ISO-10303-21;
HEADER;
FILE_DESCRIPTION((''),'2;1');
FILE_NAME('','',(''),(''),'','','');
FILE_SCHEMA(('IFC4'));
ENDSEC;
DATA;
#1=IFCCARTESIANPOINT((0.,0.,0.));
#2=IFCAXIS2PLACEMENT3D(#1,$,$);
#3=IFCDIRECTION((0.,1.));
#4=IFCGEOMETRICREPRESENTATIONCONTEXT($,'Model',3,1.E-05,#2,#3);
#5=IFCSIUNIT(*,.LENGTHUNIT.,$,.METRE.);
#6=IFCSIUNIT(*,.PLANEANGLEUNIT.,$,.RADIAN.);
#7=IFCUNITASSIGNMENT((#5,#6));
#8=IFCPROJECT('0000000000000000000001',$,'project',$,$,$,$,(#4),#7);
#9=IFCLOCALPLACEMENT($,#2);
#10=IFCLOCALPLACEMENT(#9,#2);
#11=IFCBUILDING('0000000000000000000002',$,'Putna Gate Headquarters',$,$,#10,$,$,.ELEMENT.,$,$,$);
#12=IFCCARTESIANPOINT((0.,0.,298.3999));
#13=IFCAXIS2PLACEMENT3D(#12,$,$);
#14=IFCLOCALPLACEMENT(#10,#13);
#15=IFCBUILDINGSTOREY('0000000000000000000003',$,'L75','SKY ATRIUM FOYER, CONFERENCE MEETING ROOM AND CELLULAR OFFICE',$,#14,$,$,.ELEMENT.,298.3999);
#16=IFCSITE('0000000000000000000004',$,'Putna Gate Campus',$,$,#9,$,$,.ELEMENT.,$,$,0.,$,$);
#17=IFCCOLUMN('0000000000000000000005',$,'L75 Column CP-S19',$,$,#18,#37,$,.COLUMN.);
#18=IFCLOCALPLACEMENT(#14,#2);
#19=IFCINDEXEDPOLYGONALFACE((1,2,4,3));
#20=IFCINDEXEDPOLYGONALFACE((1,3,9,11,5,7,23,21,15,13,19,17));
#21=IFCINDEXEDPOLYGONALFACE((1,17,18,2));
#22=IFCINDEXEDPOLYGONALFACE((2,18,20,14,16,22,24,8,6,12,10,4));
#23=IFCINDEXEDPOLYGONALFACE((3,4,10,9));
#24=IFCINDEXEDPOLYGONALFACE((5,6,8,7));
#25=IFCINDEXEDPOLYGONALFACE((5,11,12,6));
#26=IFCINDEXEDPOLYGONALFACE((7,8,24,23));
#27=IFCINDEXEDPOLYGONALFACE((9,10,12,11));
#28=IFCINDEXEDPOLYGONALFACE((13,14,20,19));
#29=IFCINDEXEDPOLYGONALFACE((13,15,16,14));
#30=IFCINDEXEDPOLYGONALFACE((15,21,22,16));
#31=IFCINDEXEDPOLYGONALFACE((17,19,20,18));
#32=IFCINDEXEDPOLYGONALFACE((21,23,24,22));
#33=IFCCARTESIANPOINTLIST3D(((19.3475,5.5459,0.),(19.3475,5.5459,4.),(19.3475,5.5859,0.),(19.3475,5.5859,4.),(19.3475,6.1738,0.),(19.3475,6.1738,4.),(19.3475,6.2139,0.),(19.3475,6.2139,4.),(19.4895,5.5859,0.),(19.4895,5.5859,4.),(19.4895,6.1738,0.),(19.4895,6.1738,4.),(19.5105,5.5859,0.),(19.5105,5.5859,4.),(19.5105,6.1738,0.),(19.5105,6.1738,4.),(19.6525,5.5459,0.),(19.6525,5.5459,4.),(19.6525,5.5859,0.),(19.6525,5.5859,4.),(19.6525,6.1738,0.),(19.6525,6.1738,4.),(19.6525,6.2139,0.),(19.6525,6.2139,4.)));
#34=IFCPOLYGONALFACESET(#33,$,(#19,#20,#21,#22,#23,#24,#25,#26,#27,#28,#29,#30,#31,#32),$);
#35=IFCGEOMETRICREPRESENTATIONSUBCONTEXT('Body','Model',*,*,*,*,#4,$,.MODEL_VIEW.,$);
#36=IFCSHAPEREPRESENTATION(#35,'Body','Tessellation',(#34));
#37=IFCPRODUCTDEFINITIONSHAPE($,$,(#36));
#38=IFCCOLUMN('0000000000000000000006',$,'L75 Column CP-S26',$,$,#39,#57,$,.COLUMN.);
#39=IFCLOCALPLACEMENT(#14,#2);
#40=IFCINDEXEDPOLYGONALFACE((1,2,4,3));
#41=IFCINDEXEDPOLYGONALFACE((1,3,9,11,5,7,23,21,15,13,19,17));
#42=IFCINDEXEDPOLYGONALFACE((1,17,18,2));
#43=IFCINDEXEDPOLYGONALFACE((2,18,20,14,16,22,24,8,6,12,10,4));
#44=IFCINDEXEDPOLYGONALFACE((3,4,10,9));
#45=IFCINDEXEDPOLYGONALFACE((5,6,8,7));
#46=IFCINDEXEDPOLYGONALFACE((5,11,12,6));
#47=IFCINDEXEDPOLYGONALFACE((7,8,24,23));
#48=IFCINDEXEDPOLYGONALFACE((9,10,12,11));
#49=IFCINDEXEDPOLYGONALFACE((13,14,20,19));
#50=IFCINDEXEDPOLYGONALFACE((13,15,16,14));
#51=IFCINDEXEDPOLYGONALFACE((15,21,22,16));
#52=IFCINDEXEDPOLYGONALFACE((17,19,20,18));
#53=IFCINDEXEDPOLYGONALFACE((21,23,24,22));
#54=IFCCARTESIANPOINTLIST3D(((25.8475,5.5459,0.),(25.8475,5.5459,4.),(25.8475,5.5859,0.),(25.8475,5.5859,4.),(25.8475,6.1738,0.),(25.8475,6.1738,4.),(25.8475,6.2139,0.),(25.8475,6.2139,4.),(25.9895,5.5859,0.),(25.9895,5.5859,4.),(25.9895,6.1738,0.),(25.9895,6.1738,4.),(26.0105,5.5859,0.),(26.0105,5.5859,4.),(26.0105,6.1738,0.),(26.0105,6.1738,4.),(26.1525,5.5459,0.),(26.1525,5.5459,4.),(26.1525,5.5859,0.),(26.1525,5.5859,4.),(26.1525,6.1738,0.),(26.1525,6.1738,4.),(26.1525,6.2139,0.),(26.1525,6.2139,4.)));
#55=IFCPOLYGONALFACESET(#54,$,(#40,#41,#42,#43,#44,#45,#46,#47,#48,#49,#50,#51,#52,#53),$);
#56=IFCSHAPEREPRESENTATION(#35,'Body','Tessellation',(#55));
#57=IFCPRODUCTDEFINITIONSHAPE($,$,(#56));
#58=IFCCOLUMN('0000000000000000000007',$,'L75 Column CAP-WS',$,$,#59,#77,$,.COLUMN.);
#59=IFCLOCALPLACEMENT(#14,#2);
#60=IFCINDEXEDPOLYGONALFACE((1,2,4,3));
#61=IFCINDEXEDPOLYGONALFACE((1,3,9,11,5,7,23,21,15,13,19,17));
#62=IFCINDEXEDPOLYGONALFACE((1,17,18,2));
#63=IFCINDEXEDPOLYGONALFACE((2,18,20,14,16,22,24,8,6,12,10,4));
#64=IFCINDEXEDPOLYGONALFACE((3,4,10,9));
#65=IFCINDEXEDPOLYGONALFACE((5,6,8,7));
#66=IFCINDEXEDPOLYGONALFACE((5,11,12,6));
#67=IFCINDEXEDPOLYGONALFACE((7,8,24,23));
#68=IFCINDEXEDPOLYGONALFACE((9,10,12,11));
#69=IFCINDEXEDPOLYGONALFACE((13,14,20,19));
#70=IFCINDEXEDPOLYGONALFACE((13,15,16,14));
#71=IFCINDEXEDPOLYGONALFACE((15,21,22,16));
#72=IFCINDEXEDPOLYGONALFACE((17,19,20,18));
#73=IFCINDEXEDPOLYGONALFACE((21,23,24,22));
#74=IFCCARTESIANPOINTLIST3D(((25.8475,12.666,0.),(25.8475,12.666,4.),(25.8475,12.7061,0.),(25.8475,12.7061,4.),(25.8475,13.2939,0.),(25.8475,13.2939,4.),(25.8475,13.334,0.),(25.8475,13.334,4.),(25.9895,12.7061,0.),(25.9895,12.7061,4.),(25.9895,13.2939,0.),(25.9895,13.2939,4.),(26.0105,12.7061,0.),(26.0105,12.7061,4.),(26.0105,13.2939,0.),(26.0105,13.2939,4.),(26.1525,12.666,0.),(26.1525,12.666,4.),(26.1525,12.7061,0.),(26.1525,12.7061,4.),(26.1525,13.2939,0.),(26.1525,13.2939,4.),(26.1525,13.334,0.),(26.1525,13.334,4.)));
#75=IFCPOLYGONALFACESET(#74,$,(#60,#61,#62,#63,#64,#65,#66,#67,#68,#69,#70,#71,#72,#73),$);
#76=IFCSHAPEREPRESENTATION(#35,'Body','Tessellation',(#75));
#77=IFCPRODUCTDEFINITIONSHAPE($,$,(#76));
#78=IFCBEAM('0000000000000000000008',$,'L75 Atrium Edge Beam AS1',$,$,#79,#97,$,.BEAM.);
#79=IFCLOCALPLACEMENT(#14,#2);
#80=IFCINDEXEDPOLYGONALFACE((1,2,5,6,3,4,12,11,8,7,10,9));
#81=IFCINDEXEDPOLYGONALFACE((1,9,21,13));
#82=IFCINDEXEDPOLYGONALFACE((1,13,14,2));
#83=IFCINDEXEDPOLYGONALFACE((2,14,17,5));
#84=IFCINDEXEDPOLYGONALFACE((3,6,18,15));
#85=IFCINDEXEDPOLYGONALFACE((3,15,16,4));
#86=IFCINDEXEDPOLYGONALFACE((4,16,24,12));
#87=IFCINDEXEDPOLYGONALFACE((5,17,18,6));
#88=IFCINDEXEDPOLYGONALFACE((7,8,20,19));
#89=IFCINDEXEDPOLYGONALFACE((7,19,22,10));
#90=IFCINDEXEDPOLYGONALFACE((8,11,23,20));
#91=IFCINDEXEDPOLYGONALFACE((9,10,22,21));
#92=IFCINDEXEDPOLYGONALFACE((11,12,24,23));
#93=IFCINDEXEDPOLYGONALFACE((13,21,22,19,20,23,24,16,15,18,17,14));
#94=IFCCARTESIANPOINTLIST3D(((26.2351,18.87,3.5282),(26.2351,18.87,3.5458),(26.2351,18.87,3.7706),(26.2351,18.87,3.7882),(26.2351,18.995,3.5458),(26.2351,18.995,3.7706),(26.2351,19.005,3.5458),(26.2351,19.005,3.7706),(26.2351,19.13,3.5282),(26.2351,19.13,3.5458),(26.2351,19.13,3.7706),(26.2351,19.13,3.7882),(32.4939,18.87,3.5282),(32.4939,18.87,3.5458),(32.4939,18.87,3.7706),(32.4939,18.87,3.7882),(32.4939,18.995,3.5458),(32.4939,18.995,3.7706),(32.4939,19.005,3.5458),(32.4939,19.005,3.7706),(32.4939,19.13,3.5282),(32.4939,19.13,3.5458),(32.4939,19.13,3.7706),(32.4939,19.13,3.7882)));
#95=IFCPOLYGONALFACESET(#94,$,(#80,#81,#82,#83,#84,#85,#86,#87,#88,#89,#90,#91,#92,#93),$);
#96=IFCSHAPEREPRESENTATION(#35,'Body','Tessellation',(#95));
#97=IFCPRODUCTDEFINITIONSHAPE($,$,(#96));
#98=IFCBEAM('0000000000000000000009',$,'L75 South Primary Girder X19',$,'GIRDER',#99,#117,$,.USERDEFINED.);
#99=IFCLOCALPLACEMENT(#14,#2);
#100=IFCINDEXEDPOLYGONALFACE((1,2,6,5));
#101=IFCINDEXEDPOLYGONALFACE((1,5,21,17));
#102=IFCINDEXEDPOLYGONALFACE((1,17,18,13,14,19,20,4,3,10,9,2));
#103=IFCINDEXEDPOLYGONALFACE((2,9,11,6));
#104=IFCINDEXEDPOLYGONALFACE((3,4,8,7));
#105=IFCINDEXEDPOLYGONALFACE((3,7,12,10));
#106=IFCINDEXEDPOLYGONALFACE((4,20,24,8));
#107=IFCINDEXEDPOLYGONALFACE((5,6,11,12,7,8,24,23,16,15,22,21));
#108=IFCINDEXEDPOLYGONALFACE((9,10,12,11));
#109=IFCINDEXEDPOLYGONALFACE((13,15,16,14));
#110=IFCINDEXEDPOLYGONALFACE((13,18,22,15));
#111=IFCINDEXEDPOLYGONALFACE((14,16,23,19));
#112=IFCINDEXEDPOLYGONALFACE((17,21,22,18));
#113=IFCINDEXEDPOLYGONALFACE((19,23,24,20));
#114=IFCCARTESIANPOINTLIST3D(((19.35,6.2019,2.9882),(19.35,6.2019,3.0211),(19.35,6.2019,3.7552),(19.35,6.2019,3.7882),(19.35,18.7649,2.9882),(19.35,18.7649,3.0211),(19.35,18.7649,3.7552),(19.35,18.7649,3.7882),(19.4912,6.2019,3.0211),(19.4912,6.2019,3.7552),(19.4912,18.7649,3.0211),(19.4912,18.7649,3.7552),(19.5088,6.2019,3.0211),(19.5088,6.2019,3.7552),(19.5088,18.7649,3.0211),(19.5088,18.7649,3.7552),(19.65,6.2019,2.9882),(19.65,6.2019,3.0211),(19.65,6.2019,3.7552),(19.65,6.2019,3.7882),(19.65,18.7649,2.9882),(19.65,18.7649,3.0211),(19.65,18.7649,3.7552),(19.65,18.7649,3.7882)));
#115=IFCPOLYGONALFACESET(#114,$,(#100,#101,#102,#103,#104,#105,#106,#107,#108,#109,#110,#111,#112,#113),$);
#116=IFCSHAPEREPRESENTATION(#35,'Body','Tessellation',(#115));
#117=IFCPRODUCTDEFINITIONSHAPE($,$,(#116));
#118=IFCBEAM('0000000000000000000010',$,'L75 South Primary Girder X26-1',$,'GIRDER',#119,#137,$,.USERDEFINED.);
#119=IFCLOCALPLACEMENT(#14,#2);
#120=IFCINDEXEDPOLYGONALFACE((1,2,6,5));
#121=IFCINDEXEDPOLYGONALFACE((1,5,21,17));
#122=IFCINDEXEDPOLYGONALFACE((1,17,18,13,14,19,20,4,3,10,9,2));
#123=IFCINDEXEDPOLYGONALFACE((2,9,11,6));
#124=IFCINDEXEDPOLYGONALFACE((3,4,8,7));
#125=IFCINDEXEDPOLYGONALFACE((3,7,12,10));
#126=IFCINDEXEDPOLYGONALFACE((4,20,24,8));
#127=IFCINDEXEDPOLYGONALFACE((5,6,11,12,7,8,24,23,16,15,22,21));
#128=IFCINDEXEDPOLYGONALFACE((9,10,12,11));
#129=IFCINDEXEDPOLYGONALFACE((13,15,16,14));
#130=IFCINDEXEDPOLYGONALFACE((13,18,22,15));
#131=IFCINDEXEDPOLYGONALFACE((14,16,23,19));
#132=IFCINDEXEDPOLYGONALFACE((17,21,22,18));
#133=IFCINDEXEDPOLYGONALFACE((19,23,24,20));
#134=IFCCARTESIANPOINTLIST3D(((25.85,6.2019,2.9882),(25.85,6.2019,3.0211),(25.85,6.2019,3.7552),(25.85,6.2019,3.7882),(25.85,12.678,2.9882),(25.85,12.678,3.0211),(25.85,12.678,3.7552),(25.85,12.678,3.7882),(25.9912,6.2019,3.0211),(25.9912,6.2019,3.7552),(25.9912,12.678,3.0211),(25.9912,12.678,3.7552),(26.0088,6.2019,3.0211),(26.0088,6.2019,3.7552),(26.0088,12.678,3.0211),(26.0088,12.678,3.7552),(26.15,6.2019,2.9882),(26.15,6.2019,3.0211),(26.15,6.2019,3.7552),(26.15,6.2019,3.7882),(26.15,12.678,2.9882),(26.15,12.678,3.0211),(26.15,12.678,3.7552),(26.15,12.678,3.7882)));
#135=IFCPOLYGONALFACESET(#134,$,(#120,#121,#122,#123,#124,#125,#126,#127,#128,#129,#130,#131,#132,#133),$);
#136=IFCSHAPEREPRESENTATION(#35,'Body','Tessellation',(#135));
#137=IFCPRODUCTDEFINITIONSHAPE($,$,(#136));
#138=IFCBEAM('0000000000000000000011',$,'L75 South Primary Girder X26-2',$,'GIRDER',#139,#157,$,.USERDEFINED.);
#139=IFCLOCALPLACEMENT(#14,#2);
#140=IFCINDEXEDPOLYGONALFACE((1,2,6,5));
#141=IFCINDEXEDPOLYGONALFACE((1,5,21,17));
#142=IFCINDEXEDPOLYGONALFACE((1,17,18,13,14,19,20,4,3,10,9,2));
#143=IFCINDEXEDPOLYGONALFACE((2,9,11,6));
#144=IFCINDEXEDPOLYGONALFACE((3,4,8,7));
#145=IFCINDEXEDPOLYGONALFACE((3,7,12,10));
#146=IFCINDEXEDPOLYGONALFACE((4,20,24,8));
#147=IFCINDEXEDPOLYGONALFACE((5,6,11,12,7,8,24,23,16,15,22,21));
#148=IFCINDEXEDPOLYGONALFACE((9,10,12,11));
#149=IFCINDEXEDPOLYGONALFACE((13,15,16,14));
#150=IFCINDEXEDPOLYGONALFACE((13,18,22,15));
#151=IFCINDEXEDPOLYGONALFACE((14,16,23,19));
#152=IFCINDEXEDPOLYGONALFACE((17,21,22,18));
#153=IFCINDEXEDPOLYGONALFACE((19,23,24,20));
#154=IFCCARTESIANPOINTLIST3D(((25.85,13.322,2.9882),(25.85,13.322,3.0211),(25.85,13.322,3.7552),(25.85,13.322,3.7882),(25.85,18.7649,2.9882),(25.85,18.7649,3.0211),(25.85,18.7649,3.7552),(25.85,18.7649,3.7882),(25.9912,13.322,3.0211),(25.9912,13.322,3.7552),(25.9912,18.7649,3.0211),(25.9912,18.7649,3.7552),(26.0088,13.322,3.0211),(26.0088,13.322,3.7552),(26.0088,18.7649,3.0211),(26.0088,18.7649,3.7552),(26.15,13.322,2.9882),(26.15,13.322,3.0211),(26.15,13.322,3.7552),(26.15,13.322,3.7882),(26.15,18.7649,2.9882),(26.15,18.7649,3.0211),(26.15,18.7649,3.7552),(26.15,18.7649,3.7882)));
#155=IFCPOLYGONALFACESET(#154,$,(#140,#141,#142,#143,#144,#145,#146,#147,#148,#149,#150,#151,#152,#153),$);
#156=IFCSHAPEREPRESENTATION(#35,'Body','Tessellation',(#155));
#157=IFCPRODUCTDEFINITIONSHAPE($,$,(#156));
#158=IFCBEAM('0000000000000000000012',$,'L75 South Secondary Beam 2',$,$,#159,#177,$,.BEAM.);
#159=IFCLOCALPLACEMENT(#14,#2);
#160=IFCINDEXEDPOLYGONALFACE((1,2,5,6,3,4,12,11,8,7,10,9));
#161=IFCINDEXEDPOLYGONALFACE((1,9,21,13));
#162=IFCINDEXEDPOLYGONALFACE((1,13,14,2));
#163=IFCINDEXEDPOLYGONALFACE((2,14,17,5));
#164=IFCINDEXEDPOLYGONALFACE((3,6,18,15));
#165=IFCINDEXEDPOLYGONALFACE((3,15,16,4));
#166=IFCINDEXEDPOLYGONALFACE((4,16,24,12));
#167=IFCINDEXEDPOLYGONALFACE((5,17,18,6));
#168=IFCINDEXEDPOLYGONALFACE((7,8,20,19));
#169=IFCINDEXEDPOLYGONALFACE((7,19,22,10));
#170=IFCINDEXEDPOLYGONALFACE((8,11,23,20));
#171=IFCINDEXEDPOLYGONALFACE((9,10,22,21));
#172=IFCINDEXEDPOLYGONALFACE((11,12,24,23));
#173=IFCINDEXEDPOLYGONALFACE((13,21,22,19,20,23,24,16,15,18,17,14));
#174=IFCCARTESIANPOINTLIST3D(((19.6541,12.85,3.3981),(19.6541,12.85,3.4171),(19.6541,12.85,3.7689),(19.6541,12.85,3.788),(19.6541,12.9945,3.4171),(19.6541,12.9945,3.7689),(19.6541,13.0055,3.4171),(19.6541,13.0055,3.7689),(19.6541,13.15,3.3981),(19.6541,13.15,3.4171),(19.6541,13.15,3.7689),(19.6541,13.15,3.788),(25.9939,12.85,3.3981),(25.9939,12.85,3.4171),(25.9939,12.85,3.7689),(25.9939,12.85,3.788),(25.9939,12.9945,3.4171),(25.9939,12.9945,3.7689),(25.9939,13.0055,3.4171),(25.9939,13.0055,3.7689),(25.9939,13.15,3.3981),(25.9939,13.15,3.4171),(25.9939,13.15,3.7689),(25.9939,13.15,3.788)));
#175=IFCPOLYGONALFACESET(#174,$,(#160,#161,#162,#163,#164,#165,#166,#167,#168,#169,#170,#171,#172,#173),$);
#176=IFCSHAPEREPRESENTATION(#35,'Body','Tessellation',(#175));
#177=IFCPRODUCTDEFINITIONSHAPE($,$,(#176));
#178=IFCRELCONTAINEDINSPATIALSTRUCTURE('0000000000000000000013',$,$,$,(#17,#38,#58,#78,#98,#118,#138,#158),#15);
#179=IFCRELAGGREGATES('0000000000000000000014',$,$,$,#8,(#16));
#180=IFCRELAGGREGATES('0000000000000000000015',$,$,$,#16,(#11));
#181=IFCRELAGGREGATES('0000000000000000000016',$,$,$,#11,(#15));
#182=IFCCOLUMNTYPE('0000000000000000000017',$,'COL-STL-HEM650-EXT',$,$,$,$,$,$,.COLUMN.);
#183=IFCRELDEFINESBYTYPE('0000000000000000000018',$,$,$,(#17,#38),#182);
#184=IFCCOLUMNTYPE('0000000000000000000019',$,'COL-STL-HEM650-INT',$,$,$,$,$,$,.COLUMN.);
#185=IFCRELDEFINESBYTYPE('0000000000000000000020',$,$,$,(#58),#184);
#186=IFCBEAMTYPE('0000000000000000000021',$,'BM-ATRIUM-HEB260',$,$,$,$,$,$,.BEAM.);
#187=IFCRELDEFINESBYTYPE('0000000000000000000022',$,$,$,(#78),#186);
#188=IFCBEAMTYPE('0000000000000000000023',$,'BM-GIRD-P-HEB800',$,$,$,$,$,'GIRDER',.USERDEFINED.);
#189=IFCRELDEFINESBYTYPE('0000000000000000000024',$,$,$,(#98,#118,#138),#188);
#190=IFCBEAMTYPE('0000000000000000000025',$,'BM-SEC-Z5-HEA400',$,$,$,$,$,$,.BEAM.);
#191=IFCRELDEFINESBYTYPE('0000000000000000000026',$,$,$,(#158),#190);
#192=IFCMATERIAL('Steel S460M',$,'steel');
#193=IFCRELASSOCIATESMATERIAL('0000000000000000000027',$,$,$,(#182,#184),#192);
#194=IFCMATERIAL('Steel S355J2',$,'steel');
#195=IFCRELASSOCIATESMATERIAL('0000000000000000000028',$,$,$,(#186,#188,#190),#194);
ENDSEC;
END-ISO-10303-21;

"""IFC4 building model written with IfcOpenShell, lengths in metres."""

from ifc_helpers import new_model, si_unit, direction, frame, origin, origin_2d, place, context, subcontext, project, spatial, i_section, extrude, material, material_profile, profile_set, type_object, element, save


model = new_model("IFC4")

# Units and contexts
model_context = context("Model", 3, precision=1e-05, world=origin(), true_north=direction((0.0, 1.0)))
body_context = subcontext(model_context, "Body", "Model", "MODEL_VIEW")
ifc_project = project(units=[si_unit("LENGTHUNIT", "METRE"), si_unit("PLANEANGLEUNIT", "RADIAN")], contexts=[model_context])

# Site, building, storey
site_placement = place(None, origin())
site = spatial("IfcSite", under=ifc_project, at=site_placement, Name="Putna Gate Campus", CompositionType="ELEMENT", RefElevation=0.0)
building_placement = place(site_placement, origin())
building = spatial("IfcBuilding", under=site, at=building_placement, Name="Putna Gate Headquarters", CompositionType="ELEMENT")
storey_placement = place(building_placement, frame((0.0, 0.0, 298.3999)))
storey = spatial("IfcBuildingStorey", under=building, at=storey_placement, Name="L75", Description="SKY ATRIUM FOYER, CONFERENCE MEETING ROOM AND CELLULAR OFFICE", CompositionType="ELEMENT", Elevation=298.3999)

# Columns
ifc_material_1 = material(Name="Steel S460M", Category="steel")
ifc_material_profile_1 = material_profile(ifc_material_1, i_section(OverallWidth=0.3049, OverallDepth=0.668, WebThickness=0.021, FlangeThickness=0.04, at=origin_2d()), Name="Steel S460M")
ifc_profile_set_1 = profile_set([ifc_material_profile_1], Name="Steel S460M")
column_type_1 = type_object("IfcColumnType", Name="COL-STL-HEM650-EXT", PredefinedType="COLUMN", material=ifc_profile_set_1)
for number, where, z_axis, x_axis, name in (
    (1, (19.5, 5.8799, 0.0), (0.0, 0.0, 1.0), (1.0, 0.0, 0.0), "L75 Column CP-S19"),
    (2, (26.0, 5.8799, 0.0), (0.0, 0.0, 1.0), (1.0, 0.0, 0.0), "L75 Column CP-S26"),
):
    element("IfcColumn", number, at=place(storey_placement, frame(where, z_axis=z_axis, x_axis=x_axis)), inside=storey, type_object=column_type_1, Name=name, PredefinedType="COLUMN", context=body_context, shape_type="SweptSolid", body=[
        extrude(i_section(OverallWidth=0.3049, OverallDepth=0.668, WebThickness=0.021, FlangeThickness=0.04, at=origin_2d()), origin(), (0.0, 0.0, 1.0), 4.0),
    ])
ifc_material_profile_2 = material_profile(ifc_material_1, i_section(OverallWidth=0.3049, OverallDepth=0.668, WebThickness=0.021, FlangeThickness=0.04, at=origin_2d()), Name="Steel S460M")
ifc_profile_set_2 = profile_set([ifc_material_profile_2], Name="Steel S460M")
column_type_2 = type_object("IfcColumnType", Name="COL-STL-HEM650-INT", PredefinedType="COLUMN", material=ifc_profile_set_2)
column_placement = place(storey_placement, frame((26.0, 13.0, 0.0), z_axis=(0.0, 0.0, 1.0), x_axis=(1.0, 0.0, 0.0)))
element("IfcColumn", 3, at=column_placement, inside=storey, type_object=column_type_2, Name="L75 Column CAP-WS", PredefinedType="COLUMN", context=body_context, shape_type="SweptSolid", body=[
    extrude(i_section(OverallWidth=0.3049, OverallDepth=0.668, WebThickness=0.021, FlangeThickness=0.04, at=origin_2d()), origin(), (0.0, 0.0, 1.0), 4.0),
])

# Beams
ifc_material_2 = material(Name="Steel S355J2", Category="steel")
ifc_material_profile_3 = material_profile(ifc_material_2, i_section(OverallWidth=0.26, OverallDepth=0.26, WebThickness=0.01, FlangeThickness=0.0176, at=origin_2d()), Name="Steel S355J2")
ifc_profile_set_3 = profile_set([ifc_material_profile_3], Name="Steel S355J2")
beam_type_1 = type_object("IfcBeamType", Name="BM-ATRIUM-HEB260", PredefinedType="BEAM", material=ifc_profile_set_3)
beam_1_placement = place(storey_placement, frame((26.2351, 19.0, 3.6582), z_axis=(1.0, 0.0, 0.0), x_axis=(0.0, 1.0, 0.0)))
element("IfcBeam", 4, at=beam_1_placement, inside=storey, type_object=beam_type_1, Name="L75 Atrium Edge Beam AS1", PredefinedType="BEAM", context=body_context, shape_type="SweptSolid", body=[
    extrude(i_section(OverallWidth=0.26, OverallDepth=0.26, WebThickness=0.01, FlangeThickness=0.0176, at=origin_2d()), origin(), (0.0, 0.0, 1.0), 6.2588),
])
ifc_material_profile_4 = material_profile(ifc_material_2, i_section(OverallWidth=0.3, OverallDepth=0.8, WebThickness=0.0176, FlangeThickness=0.033, at=origin_2d()), Name="Steel S355J2")
ifc_profile_set_4 = profile_set([ifc_material_profile_4], Name="Steel S355J2")
beam_type_2 = type_object("IfcBeamType", Name="BM-GIRD-P-HEB800", ElementType="GIRDER", PredefinedType="USERDEFINED", material=ifc_profile_set_4)
beam_2_placement = place(storey_placement, frame((19.5, 6.2019, 3.3882), z_axis=(0.0, 1.0, 0.0), x_axis=(-1.0, 0.0, 0.0)))
element("IfcBeam", 5, at=beam_2_placement, inside=storey, type_object=beam_type_2, Name="L75 South Primary Girder X19", ObjectType="GIRDER", PredefinedType="USERDEFINED", context=body_context, shape_type="SweptSolid", body=[
    extrude(i_section(OverallWidth=0.3, OverallDepth=0.8, WebThickness=0.0176, FlangeThickness=0.033, at=origin_2d()), origin(), (0.0, 0.0, 1.0), 12.563),
])
beam_3_placement = place(storey_placement, frame((26.0, 6.2019, 3.3882), z_axis=(0.0, 1.0, 0.0), x_axis=(-1.0, 0.0, 0.0)))
element("IfcBeam", 6, at=beam_3_placement, inside=storey, type_object=beam_type_2, Name="L75 South Primary Girder X26-1", ObjectType="GIRDER", PredefinedType="USERDEFINED", context=body_context, shape_type="SweptSolid", body=[
    extrude(i_section(OverallWidth=0.3, OverallDepth=0.8, WebThickness=0.0176, FlangeThickness=0.033, at=origin_2d()), origin(), (0.0, 0.0, 1.0), 6.4761),
])
beam_4_placement = place(storey_placement, frame((26.0, 13.322, 3.3882), z_axis=(0.0, 1.0, 0.0), x_axis=(-1.0, 0.0, 0.0)))
element("IfcBeam", 7, at=beam_4_placement, inside=storey, type_object=beam_type_2, Name="L75 South Primary Girder X26-2", ObjectType="GIRDER", PredefinedType="USERDEFINED", context=body_context, shape_type="SweptSolid", body=[
    extrude(i_section(OverallWidth=0.3, OverallDepth=0.8, WebThickness=0.0176, FlangeThickness=0.033, at=origin_2d()), origin(), (0.0, 0.0, 1.0), 5.4429),
])
ifc_material_profile_5 = material_profile(ifc_material_2, i_section(OverallWidth=0.3, OverallDepth=0.3899, WebThickness=0.011, FlangeThickness=0.019, at=origin_2d()), Name="Steel S355J2")
ifc_profile_set_5 = profile_set([ifc_material_profile_5], Name="Steel S355J2")
beam_type_3 = type_object("IfcBeamType", Name="BM-SEC-Z5-HEA400", PredefinedType="BEAM", material=ifc_profile_set_5)
for number, where, z_axis, x_axis, name in (
    (8, (19.6541, 13.0, 3.593), (1.0, 0.0, 0.0), (0.0, 1.0, 0.0), "L75 South Secondary Beam 2"),
):
    element("IfcBeam", number, at=place(storey_placement, frame(where, z_axis=z_axis, x_axis=x_axis)), inside=storey, type_object=beam_type_3, Name=name, PredefinedType="BEAM", context=body_context, shape_type="SweptSolid", body=[
        extrude(i_section(OverallWidth=0.3, OverallDepth=0.3899, WebThickness=0.011, FlangeThickness=0.019, at=origin_2d()), origin(), (0.0, 0.0, 1.0), 6.3398),
    ])

save(model, "model.ifc")
